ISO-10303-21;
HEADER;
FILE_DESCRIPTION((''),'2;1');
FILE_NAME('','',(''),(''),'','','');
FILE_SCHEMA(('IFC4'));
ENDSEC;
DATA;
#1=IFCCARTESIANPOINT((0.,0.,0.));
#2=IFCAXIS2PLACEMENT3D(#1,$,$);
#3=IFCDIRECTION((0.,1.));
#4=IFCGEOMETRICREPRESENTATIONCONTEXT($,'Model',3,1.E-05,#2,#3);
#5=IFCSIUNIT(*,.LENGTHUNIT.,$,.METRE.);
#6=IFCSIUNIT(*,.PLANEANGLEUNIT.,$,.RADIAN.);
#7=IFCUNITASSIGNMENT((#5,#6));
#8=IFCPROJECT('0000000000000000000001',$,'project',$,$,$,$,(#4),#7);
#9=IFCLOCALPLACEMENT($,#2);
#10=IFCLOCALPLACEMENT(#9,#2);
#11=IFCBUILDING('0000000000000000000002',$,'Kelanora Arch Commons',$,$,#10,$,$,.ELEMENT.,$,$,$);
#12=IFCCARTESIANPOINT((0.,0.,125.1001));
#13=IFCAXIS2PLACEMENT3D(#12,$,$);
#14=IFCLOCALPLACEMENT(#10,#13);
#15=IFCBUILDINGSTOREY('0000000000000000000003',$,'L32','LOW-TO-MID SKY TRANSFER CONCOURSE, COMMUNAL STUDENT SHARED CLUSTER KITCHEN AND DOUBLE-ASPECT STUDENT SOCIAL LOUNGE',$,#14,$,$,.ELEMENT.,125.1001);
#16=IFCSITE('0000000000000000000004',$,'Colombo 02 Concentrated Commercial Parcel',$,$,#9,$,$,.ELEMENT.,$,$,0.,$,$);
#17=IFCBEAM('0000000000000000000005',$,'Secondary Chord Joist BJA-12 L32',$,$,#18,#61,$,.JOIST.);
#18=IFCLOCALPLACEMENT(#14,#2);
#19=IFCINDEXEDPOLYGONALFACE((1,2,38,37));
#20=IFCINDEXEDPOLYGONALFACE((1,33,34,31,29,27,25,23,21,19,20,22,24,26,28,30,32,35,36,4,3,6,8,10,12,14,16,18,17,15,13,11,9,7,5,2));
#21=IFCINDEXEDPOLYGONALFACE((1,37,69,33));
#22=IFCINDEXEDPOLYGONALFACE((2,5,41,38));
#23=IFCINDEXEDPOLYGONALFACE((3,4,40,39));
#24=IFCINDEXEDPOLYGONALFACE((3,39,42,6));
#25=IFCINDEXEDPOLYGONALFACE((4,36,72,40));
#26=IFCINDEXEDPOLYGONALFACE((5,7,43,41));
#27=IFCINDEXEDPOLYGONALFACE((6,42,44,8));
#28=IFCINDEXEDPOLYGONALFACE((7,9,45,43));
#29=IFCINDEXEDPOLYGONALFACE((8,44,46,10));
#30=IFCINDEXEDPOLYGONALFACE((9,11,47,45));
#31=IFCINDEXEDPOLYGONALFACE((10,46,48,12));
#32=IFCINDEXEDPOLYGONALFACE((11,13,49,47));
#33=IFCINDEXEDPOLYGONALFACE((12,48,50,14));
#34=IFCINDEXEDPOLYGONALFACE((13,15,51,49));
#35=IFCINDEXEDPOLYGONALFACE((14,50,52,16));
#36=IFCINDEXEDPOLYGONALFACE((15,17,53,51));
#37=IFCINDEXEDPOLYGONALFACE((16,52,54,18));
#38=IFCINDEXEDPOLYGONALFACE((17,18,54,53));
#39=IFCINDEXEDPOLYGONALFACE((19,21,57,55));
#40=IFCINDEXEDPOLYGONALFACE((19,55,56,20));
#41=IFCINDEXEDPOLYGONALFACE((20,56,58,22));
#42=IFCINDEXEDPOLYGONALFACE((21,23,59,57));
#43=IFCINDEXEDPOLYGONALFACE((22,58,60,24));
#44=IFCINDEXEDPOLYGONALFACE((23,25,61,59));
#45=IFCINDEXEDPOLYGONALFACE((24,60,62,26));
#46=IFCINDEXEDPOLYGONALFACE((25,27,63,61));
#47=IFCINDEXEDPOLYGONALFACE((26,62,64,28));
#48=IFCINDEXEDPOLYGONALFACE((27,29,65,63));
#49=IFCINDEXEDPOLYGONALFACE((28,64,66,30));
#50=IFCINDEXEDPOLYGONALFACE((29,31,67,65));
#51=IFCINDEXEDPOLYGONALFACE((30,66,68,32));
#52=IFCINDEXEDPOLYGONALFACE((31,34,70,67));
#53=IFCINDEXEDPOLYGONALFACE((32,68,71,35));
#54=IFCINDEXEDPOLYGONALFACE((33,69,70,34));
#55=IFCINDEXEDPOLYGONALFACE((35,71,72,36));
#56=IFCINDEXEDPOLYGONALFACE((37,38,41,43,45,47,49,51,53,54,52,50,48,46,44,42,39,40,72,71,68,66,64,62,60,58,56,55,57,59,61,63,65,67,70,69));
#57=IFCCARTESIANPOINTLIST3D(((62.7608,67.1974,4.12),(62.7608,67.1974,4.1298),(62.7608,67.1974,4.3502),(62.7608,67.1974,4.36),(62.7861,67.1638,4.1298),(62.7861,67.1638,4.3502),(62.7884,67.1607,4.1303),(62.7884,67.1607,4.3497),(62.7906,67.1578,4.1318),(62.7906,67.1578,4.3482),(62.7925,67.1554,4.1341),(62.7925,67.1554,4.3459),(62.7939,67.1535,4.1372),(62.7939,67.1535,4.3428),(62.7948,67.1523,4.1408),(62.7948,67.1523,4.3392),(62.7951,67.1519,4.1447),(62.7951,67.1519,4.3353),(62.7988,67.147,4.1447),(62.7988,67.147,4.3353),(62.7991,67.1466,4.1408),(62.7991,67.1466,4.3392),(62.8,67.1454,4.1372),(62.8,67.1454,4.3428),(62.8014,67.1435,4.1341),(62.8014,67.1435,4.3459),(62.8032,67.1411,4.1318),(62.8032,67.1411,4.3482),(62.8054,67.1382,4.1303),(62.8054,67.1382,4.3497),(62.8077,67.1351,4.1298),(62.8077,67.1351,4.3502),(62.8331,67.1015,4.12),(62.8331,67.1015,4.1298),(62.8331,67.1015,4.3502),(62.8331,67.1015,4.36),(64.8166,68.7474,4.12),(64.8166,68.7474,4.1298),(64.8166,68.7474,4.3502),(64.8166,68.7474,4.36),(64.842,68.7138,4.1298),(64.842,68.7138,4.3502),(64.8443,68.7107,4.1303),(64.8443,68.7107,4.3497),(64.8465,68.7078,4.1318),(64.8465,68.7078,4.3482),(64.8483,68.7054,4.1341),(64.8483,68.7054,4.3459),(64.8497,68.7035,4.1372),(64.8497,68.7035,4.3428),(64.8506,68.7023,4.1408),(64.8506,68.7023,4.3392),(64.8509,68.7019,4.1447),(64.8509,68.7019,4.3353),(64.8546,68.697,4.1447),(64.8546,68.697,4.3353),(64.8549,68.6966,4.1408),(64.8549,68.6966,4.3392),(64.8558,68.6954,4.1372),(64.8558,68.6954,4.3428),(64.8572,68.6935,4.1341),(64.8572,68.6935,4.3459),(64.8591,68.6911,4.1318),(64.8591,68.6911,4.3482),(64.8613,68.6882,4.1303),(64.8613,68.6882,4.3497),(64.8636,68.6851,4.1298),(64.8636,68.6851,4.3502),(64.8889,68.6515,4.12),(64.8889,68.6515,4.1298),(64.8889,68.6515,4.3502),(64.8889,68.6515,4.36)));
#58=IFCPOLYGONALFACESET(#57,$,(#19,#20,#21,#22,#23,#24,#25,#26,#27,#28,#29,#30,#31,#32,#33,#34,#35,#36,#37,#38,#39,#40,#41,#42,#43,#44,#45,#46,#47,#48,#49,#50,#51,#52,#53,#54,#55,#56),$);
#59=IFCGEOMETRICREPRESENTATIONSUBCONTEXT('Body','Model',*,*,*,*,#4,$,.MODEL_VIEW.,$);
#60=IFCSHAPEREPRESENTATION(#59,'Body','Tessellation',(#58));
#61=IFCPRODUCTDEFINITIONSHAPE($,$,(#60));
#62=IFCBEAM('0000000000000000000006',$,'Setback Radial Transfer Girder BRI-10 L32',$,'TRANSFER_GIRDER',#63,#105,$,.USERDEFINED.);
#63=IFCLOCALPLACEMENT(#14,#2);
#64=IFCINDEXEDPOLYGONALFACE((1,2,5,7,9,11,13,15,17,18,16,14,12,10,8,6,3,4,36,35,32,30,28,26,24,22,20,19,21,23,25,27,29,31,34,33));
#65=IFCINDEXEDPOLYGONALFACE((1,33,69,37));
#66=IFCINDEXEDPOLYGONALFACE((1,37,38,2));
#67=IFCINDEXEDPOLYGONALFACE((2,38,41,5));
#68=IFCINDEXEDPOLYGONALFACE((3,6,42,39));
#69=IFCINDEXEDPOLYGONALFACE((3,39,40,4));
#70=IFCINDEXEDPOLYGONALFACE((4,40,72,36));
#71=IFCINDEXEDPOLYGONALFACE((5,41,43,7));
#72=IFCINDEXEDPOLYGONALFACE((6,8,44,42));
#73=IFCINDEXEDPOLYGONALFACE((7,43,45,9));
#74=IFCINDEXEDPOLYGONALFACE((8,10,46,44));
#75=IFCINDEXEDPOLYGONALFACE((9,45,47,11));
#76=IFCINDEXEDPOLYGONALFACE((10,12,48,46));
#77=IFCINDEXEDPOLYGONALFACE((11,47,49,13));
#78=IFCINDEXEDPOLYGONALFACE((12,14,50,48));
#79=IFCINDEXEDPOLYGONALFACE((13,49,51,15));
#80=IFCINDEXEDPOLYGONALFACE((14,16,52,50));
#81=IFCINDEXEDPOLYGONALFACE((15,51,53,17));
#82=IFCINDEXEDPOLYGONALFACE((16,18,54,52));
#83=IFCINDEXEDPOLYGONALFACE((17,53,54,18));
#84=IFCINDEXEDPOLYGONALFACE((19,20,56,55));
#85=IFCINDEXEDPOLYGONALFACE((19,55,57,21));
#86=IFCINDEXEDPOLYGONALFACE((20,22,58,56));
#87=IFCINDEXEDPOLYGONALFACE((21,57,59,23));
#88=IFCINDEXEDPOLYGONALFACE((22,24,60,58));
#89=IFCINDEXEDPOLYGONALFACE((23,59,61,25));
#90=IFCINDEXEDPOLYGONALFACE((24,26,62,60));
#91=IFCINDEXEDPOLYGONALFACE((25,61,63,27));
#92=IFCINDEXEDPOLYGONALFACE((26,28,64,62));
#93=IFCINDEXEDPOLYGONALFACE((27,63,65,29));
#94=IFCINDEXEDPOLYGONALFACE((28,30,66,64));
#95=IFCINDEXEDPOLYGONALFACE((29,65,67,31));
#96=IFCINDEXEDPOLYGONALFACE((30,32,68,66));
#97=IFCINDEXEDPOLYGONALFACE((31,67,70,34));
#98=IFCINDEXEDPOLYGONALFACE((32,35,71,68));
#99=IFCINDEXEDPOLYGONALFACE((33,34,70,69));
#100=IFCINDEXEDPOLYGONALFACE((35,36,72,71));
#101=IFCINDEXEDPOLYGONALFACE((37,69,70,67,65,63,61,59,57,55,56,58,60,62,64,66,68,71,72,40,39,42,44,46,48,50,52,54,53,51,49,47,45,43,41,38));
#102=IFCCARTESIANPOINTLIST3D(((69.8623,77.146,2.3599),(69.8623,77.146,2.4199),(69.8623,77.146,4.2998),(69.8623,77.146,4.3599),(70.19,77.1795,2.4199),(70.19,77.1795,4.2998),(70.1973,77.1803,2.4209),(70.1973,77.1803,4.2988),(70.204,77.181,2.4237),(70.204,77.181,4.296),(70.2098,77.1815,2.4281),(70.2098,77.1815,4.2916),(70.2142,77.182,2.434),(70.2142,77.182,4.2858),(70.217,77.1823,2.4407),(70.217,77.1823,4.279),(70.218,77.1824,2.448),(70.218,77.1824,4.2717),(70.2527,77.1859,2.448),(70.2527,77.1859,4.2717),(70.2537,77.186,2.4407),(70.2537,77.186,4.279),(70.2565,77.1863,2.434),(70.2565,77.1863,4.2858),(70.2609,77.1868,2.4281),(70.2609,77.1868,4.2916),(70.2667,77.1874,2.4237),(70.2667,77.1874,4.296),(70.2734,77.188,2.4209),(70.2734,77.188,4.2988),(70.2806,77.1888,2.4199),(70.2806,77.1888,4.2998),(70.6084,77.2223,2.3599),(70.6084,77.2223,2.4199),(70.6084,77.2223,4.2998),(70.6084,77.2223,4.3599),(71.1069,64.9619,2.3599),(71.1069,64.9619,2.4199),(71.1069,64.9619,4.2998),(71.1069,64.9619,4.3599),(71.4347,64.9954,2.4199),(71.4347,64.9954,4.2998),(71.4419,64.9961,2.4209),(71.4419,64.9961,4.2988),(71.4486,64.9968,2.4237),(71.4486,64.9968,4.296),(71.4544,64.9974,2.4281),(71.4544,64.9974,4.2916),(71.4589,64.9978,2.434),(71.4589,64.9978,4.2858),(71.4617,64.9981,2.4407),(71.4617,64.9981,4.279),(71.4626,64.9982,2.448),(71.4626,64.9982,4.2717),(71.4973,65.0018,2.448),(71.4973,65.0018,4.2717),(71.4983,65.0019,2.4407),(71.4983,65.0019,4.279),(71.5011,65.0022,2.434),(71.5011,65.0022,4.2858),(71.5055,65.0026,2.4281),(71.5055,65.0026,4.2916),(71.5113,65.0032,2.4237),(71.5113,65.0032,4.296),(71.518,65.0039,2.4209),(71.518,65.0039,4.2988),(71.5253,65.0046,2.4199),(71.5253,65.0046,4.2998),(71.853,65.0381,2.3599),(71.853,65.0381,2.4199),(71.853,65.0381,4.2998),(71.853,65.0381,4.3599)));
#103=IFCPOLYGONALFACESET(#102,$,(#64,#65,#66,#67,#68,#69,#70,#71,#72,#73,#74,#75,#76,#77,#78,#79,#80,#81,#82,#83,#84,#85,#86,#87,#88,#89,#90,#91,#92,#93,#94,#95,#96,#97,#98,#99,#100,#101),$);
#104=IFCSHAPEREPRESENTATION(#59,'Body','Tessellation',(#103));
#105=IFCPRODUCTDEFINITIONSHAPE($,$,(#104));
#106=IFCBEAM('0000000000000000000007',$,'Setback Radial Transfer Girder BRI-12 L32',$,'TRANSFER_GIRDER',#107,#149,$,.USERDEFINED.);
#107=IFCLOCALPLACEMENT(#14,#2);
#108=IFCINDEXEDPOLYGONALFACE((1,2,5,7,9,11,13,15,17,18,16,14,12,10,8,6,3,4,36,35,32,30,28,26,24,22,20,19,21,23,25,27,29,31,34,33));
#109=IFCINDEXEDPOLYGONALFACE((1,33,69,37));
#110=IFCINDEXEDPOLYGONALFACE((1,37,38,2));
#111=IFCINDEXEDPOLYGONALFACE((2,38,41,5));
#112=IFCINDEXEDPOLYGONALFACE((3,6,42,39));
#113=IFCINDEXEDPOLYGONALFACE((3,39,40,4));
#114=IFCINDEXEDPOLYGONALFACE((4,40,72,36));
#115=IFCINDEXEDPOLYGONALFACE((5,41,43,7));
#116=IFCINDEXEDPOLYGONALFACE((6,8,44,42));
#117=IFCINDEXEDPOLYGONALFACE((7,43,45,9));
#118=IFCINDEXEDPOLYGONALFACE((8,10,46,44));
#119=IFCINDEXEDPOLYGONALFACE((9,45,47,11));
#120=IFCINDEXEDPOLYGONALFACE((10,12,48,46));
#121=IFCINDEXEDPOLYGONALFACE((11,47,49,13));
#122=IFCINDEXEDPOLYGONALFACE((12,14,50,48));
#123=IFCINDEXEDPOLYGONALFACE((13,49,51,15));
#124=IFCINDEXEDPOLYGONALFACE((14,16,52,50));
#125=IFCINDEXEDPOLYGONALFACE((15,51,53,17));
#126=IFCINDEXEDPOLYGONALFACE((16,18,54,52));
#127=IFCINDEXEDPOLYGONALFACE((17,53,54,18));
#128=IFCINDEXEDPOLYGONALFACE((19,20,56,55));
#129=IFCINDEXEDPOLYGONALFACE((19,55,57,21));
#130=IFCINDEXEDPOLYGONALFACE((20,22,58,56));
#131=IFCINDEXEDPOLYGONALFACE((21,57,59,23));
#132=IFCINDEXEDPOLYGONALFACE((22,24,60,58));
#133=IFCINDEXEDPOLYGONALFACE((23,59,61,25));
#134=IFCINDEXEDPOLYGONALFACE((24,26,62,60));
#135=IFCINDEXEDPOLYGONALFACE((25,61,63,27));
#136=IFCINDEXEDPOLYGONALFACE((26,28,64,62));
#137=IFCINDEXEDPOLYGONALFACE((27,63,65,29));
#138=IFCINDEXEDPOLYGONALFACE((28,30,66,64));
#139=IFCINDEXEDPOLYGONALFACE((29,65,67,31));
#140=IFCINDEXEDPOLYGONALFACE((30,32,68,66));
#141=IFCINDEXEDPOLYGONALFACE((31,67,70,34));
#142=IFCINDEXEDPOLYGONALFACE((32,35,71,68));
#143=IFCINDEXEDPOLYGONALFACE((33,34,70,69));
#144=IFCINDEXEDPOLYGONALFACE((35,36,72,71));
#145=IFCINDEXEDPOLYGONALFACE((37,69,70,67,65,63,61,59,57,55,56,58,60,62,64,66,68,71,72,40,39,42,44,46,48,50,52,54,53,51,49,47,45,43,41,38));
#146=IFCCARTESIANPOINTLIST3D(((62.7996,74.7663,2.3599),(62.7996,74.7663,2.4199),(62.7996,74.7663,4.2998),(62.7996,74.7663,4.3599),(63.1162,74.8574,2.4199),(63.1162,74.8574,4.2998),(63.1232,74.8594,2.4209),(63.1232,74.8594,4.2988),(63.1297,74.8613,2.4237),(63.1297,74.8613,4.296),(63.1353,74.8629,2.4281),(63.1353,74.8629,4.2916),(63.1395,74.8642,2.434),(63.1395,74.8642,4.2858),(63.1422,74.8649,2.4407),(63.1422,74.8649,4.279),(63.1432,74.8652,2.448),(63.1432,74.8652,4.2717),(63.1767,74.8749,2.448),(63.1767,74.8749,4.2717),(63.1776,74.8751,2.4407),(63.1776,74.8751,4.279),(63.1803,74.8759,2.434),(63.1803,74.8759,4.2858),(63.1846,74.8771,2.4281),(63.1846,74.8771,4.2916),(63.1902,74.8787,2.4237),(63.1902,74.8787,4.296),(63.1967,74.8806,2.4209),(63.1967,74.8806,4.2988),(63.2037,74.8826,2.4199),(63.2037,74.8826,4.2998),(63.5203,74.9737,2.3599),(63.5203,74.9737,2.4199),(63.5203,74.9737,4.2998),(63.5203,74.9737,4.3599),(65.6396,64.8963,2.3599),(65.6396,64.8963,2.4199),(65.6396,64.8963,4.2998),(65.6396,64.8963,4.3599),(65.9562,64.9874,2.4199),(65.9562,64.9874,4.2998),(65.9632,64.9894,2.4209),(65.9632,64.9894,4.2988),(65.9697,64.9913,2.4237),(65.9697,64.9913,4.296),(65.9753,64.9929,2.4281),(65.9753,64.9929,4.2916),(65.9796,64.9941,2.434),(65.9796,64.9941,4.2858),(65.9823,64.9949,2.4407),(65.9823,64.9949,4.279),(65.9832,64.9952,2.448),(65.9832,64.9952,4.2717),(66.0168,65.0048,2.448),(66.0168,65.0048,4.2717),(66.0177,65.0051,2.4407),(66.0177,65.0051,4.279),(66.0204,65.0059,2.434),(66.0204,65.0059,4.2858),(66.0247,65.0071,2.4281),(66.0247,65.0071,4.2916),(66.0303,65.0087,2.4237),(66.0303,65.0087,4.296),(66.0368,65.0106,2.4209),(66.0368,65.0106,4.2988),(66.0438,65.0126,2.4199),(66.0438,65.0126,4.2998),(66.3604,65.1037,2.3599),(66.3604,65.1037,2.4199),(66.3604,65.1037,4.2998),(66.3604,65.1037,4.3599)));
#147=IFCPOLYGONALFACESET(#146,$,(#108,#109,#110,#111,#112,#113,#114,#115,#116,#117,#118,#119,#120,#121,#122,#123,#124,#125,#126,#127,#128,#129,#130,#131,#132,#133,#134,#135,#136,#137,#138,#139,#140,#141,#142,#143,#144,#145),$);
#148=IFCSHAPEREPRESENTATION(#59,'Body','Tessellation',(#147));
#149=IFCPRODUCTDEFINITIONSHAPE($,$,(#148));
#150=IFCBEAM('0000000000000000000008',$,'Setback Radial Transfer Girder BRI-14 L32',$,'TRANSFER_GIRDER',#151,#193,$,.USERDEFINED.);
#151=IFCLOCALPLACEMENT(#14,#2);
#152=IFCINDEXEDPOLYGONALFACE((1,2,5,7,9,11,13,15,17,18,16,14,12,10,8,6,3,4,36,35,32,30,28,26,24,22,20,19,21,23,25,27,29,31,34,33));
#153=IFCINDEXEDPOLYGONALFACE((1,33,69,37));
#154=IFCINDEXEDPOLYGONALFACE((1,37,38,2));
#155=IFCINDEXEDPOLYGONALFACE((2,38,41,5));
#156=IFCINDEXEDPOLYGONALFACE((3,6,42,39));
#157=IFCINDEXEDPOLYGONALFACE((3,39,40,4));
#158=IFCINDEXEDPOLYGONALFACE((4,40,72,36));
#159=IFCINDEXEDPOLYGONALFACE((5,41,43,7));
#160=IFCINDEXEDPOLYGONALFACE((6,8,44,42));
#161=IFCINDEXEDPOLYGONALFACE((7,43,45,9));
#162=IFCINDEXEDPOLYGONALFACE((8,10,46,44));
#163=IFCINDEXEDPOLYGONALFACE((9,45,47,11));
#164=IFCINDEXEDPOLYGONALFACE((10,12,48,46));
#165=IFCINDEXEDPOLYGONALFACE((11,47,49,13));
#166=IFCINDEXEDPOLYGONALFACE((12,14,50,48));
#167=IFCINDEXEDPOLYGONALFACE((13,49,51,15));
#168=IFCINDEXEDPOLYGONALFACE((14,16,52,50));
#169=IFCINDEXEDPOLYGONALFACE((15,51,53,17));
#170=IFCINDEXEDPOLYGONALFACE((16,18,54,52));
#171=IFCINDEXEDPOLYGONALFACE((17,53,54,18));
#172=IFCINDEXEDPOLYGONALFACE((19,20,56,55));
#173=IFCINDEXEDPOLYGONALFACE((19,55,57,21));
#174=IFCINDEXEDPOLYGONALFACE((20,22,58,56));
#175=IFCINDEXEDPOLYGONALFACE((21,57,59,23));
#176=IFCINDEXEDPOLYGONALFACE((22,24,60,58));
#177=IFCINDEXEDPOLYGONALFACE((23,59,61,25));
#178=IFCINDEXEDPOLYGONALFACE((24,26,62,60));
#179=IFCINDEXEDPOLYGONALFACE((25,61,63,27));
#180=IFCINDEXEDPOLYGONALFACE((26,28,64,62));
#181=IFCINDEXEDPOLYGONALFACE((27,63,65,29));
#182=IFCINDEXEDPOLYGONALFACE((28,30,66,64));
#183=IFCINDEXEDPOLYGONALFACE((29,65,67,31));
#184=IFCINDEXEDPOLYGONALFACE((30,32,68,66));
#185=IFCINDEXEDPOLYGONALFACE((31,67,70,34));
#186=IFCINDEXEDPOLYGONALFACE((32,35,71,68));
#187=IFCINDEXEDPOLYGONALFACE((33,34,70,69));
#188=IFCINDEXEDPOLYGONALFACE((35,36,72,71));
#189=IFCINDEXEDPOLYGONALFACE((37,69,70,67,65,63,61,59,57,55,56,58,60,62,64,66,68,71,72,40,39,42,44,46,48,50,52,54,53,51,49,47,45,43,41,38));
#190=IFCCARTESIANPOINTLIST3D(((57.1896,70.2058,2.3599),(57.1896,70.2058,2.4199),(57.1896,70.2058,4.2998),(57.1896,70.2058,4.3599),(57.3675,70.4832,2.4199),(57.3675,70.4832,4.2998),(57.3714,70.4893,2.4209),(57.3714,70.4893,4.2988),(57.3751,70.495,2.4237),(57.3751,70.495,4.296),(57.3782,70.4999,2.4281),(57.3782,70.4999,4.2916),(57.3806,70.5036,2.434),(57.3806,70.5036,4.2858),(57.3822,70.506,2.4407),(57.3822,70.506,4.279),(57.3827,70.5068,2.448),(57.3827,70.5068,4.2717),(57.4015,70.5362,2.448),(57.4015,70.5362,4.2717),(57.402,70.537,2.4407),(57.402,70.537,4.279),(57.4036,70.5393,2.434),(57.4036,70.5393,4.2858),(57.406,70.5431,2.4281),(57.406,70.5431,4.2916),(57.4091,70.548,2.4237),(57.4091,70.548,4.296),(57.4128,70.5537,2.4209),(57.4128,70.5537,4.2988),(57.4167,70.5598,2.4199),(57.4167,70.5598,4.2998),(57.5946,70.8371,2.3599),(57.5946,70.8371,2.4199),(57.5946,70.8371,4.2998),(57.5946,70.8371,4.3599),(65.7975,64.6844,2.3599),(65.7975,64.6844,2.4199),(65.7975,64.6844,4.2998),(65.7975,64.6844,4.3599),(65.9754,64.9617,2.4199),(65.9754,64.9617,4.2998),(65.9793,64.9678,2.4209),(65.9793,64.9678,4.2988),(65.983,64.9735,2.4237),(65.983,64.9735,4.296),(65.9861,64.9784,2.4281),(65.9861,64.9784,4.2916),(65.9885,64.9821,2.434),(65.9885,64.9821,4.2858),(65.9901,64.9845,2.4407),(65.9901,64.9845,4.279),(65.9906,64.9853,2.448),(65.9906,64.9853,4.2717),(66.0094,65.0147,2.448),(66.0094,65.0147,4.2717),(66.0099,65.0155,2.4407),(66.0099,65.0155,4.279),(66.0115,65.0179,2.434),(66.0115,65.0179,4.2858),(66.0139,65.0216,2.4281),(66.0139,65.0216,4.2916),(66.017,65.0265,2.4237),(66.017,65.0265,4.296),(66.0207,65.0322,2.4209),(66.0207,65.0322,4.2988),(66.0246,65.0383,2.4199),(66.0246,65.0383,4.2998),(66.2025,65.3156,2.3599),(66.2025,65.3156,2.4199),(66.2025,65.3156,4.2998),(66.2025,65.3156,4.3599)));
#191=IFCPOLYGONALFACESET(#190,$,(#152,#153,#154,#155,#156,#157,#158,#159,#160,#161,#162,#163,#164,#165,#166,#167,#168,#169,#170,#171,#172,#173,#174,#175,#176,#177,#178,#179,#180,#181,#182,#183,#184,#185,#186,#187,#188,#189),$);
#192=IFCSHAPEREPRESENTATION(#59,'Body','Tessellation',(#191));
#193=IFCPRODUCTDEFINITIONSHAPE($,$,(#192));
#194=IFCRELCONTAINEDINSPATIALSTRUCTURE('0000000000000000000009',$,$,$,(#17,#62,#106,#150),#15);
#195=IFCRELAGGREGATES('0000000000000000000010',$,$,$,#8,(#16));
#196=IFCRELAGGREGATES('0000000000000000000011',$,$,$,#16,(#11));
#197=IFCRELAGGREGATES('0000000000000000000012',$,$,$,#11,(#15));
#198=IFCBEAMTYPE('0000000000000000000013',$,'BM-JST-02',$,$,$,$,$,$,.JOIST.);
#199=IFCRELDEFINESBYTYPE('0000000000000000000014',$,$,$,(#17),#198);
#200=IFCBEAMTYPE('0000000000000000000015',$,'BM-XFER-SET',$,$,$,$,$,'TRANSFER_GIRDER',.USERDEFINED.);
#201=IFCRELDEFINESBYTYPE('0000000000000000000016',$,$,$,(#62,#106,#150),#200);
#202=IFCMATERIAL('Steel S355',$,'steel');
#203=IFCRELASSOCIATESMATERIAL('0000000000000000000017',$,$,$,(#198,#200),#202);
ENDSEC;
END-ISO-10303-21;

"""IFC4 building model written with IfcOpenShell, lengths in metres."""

from ifc_helpers import new_model, si_unit, direction, frame, origin, origin_2d, place, context, subcontext, project, spatial, i_section, extrude, material, material_profile, profile_set, type_object, element, save


model = new_model("IFC4")

# Units and contexts
model_context = context("Model", 3, precision=1e-05, world=origin(), true_north=direction((0.0, 1.0)))
body_context = subcontext(model_context, "Body", "Model", "MODEL_VIEW")
ifc_project = project(units=[si_unit("LENGTHUNIT", "METRE"), si_unit("PLANEANGLEUNIT", "RADIAN")], contexts=[model_context])

# Site, building, storey
site_placement = place(None, origin())
site = spatial("IfcSite", under=ifc_project, at=site_placement, Name="Colombo 02 Concentrated Commercial Parcel", CompositionType="ELEMENT", RefElevation=0.0)
building_placement = place(site_placement, origin())
building = spatial("IfcBuilding", under=site, at=building_placement, Name="Kelanora Arch Commons", CompositionType="ELEMENT")
storey_placement = place(building_placement, frame((0.0, 0.0, 125.1001)))
storey = spatial("IfcBuildingStorey", under=building, at=storey_placement, Name="L32", Description="LOW-TO-MID SKY TRANSFER CONCOURSE, COMMUNAL STUDENT SHARED CLUSTER KITCHEN AND DOUBLE-ASPECT STUDENT SOCIAL LOUNGE", CompositionType="ELEMENT", Elevation=125.1001)

# Beams
ifc_material_1 = material(Name="Steel S355", Category="steel")
ifc_material_profile_1 = material_profile(ifc_material_1, i_section(OverallWidth=0.1201, OverallDepth=0.24, WebThickness=0.0061, FlangeThickness=0.0098, FilletRadius=0.0149, at=origin_2d()), Name="IPE240")
ifc_profile_set_1 = profile_set([ifc_material_profile_1], Name="Steel S355")
beam_type_1 = type_object("IfcBeamType", Name="BM-JST-02", PredefinedType="JOIST", material=ifc_profile_set_1)
beam_1_placement = place(storey_placement, frame((64.8528, 68.6995, 4.24), z_axis=(-0.798484, -0.602016, 0.0), x_axis=(0.602016, -0.798484, 0.0)))
element("IfcBeam", 1, at=beam_1_placement, inside=storey, type_object=beam_type_1, Name="Secondary Chord Joist BJA-12 L32", PredefinedType="JOIST", context=body_context, shape_type="SweptSolid", body=[
    extrude(i_section(OverallWidth=0.1201, OverallDepth=0.24, WebThickness=0.0061, FlangeThickness=0.0098, FilletRadius=0.0149, at=origin_2d()), origin(), (0.0, 0.0, 1.0), 2.5747),
])
ifc_material_profile_2 = material_profile(ifc_material_1, i_section(OverallWidth=0.75, OverallDepth=2.0, WebThickness=0.0349, FlangeThickness=0.0601, FilletRadius=0.0281, at=origin_2d()), Name="PG2000x750")
ifc_profile_set_2 = profile_set([ifc_material_profile_2], Name="Steel S355")
beam_type_2 = type_object("IfcBeamType", Name="BM-XFER-SET", ElementType="TRANSFER_GIRDER", PredefinedType="USERDEFINED", material=ifc_profile_set_2)
beam_2_placement = place(storey_placement, frame((71.48, 65.0, 3.3599), z_axis=(-0.101623, 0.994823, 0.0), x_axis=(-0.994823, -0.101623, 0.0)))
element("IfcBeam", 2, at=beam_2_placement, inside=storey, type_object=beam_type_2, Name="Setback Radial Transfer Girder BRI-10 L32", ObjectType="TRANSFER_GIRDER", PredefinedType="USERDEFINED", context=body_context, shape_type="SweptSolid", body=[
    extrude(i_section(OverallWidth=0.75, OverallDepth=2.0, WebThickness=0.0349, FlangeThickness=0.0601, FilletRadius=0.0281, at=origin_2d()), origin(), (0.0, 0.0, 1.0), 12.2476),
])
beam_3_placement = place(storey_placement, frame((66.0, 65.0, 3.3599), z_axis=(-0.276526, 0.961006, 0.0), x_axis=(-0.961006, -0.276526, 0.0)))
element("IfcBeam", 3, at=beam_3_placement, inside=storey, type_object=beam_type_2, Name="Setback Radial Transfer Girder BRI-12 L32", ObjectType="TRANSFER_GIRDER", PredefinedType="USERDEFINED", context=body_context, shape_type="SweptSolid", body=[
    extrude(i_section(OverallWidth=0.75, OverallDepth=2.0, WebThickness=0.0349, FlangeThickness=0.0601, FilletRadius=0.0281, at=origin_2d()), origin(), (0.0, 0.0, 1.0), 10.2705),
])
beam_4_placement = place(storey_placement, frame((66.0, 65.0, 3.3599), z_axis=(-0.841719, 0.539915, 0.0), x_axis=(-0.539915, -0.841719, 0.0)))
element("IfcBeam", 4, at=beam_4_placement, inside=storey, type_object=beam_type_2, Name="Setback Radial Transfer Girder BRI-14 L32", ObjectType="TRANSFER_GIRDER", PredefinedType="USERDEFINED", context=body_context, shape_type="SweptSolid", body=[
    extrude(i_section(OverallWidth=0.75, OverallDepth=2.0, WebThickness=0.0349, FlangeThickness=0.0601, FilletRadius=0.0281, at=origin_2d()), origin(), (0.0, 0.0, 1.0), 10.2266),
])

save(model, "model.ifc")
